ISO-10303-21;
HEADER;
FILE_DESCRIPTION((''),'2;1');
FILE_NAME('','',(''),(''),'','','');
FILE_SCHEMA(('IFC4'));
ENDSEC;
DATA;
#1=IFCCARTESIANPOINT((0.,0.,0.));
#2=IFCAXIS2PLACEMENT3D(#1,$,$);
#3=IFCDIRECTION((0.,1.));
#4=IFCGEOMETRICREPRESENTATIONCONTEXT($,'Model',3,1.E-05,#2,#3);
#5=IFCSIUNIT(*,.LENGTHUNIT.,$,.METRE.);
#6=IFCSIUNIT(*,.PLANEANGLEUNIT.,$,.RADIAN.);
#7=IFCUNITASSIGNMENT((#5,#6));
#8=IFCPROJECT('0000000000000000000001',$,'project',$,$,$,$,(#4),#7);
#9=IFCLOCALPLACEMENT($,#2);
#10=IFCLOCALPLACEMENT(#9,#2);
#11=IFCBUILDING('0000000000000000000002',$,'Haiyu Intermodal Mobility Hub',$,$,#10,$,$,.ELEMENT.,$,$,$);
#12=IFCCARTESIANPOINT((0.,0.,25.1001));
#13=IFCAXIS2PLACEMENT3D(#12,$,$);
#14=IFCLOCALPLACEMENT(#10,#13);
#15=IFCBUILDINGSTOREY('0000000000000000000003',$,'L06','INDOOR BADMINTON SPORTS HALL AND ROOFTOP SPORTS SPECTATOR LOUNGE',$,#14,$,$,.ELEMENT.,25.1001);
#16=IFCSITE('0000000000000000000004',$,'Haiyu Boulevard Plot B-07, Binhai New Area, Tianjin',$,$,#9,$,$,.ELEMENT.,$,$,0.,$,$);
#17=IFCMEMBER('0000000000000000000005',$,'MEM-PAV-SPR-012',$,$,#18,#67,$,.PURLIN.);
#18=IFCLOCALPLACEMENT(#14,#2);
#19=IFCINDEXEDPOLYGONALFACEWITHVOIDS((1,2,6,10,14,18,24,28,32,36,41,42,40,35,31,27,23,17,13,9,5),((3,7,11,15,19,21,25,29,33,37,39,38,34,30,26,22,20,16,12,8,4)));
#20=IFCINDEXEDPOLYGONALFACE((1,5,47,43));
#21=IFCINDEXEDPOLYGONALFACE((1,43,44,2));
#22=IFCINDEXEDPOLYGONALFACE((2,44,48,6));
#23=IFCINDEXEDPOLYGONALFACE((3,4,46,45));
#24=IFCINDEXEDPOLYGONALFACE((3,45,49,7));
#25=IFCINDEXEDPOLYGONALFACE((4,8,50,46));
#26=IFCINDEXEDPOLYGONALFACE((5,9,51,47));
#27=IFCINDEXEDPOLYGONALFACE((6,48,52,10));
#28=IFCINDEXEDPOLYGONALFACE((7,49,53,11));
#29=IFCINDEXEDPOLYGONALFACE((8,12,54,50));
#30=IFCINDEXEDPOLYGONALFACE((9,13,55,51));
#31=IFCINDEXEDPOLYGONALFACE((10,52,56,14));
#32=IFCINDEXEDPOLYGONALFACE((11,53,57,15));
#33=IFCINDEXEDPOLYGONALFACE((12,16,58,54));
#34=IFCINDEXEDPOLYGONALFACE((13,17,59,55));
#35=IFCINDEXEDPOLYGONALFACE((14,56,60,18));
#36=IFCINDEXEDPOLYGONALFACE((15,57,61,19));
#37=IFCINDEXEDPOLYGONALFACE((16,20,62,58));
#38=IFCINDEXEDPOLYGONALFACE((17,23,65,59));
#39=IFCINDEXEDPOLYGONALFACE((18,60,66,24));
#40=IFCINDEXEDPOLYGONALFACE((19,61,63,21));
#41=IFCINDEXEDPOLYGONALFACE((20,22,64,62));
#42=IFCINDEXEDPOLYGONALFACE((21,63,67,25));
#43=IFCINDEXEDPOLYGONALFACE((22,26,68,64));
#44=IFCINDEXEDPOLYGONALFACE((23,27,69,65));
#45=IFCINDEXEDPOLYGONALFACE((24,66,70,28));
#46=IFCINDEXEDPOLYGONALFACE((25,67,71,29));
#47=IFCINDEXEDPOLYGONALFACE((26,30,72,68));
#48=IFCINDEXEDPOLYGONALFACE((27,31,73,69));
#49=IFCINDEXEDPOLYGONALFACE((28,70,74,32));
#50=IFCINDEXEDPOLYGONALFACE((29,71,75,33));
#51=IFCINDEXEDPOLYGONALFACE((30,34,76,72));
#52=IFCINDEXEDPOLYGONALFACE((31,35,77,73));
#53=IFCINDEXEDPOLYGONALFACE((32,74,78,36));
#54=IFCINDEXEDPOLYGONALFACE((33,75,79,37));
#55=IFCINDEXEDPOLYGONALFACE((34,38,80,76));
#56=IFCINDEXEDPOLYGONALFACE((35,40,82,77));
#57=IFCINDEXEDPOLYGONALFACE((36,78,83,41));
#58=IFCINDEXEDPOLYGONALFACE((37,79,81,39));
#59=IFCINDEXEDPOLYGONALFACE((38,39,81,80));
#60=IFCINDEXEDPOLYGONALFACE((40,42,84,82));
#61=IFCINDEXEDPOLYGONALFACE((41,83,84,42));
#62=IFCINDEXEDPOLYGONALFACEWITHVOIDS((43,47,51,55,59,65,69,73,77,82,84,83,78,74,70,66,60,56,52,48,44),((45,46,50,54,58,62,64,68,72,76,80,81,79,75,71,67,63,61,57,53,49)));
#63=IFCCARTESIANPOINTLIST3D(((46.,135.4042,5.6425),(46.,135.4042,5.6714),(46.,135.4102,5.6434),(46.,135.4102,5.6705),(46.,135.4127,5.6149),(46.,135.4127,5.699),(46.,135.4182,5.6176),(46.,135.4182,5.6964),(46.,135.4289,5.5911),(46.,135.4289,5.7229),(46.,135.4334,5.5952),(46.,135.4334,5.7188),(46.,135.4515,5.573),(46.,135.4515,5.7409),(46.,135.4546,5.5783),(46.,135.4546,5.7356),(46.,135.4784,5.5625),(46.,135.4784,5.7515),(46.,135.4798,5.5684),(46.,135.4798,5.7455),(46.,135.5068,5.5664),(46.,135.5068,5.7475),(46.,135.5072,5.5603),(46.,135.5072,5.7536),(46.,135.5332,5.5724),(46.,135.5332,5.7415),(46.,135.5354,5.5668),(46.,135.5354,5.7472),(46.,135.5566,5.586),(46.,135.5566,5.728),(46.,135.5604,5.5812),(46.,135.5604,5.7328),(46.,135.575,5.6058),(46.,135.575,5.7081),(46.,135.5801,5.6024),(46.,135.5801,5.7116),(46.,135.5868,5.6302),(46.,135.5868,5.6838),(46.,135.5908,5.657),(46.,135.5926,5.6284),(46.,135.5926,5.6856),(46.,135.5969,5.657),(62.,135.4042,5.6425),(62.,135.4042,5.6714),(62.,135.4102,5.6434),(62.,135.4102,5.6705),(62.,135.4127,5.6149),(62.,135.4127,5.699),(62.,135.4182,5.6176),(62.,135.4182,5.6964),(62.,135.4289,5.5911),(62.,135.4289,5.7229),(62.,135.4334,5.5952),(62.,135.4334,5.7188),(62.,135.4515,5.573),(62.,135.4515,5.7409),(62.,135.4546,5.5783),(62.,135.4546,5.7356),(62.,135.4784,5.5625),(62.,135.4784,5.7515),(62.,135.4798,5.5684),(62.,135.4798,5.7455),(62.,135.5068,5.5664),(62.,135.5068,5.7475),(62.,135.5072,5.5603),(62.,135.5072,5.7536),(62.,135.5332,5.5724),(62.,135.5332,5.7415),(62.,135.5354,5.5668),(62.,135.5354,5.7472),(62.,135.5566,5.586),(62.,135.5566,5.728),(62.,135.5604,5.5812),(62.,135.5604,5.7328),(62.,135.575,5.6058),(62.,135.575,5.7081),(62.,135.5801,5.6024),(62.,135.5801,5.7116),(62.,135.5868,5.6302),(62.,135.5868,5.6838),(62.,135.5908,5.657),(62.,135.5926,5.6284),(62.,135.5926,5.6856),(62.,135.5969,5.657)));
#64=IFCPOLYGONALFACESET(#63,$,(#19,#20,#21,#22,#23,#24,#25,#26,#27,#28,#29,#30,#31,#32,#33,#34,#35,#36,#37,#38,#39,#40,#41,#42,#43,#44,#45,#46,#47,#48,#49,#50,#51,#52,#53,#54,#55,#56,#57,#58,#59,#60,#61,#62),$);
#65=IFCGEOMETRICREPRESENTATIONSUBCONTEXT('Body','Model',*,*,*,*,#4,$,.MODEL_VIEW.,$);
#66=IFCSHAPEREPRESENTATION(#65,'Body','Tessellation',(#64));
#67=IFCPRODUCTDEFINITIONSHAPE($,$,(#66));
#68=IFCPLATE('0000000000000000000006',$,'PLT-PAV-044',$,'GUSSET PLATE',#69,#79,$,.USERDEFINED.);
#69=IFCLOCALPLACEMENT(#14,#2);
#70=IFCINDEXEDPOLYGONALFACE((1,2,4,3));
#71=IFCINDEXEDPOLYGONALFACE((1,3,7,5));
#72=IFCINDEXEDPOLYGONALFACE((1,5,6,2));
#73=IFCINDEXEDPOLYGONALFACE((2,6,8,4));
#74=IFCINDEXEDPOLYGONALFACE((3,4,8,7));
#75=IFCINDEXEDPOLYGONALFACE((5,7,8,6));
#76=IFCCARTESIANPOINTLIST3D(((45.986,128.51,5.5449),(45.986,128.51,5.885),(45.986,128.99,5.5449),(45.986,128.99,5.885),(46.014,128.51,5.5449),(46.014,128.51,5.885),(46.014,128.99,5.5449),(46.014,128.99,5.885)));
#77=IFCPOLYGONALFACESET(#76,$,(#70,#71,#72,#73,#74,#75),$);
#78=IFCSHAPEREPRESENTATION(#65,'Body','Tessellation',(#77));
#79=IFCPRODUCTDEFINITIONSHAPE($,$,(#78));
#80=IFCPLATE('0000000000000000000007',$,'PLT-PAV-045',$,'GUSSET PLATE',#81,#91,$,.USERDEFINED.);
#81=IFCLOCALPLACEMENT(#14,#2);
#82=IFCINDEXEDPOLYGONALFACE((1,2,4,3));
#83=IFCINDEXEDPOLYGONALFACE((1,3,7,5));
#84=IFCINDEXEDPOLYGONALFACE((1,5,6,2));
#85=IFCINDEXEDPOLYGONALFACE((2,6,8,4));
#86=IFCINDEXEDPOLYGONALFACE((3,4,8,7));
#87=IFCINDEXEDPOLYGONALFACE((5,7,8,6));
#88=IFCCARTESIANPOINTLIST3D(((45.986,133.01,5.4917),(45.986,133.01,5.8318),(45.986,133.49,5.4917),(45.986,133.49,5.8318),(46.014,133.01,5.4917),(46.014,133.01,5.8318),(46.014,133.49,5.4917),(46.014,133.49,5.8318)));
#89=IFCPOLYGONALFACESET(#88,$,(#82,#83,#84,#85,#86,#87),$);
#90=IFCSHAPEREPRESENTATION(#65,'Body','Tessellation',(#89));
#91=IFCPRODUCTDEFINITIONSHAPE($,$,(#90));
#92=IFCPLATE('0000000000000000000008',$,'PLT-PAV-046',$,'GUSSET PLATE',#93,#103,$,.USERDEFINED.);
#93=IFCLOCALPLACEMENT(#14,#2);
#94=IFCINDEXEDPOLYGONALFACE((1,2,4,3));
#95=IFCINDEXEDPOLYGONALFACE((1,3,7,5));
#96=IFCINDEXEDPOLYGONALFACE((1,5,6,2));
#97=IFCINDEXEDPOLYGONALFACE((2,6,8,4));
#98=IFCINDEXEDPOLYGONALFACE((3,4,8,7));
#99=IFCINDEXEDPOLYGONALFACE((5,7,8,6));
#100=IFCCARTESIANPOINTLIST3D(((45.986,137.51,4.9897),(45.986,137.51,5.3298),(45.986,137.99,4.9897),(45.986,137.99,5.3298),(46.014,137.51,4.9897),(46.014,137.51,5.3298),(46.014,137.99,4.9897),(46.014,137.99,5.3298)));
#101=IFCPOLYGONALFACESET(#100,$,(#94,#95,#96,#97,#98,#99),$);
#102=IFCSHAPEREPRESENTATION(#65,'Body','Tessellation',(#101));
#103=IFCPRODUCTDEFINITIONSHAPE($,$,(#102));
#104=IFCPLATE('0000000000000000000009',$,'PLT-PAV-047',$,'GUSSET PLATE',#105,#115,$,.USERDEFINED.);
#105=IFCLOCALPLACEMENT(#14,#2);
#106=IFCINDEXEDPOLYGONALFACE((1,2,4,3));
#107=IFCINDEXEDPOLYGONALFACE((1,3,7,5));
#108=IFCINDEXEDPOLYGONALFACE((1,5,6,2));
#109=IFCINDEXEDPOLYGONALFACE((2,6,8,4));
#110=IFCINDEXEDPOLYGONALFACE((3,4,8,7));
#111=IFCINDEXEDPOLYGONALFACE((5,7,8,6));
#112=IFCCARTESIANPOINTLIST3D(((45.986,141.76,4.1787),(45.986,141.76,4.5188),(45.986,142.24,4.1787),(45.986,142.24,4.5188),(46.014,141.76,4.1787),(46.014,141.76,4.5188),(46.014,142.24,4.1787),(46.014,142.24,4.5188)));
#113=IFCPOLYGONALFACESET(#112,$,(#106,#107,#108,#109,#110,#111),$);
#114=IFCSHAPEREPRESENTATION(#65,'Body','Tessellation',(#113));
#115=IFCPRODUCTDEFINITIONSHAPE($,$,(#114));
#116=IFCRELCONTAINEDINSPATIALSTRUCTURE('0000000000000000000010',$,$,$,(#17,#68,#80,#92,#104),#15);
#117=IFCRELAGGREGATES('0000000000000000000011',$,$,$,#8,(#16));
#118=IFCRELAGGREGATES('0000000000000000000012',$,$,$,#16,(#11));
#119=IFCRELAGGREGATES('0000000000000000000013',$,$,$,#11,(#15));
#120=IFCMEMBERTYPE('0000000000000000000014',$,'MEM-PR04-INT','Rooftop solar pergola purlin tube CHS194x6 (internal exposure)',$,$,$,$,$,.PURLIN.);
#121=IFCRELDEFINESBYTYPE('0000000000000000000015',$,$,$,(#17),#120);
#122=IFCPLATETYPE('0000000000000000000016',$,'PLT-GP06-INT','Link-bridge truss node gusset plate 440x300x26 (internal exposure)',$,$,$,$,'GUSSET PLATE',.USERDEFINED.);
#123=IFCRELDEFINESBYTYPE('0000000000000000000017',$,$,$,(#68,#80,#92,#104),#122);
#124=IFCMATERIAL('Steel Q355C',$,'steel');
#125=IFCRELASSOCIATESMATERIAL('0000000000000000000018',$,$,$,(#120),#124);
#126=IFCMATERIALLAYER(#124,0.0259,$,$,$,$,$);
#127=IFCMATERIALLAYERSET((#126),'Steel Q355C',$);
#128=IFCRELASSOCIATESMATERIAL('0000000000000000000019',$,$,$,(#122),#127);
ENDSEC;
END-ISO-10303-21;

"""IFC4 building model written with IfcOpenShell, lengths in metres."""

from ifc_helpers import new_model, si_unit, direction, frame, origin, origin_2d, place, context, subcontext, project, spatial, rectangle, hollow_circle, extrude, material, layer, layer_set, material_profile, profile_set, type_object, element, save


model = new_model("IFC4")

# Units and contexts
model_context = context("Model", 3, precision=1e-05, world=origin(), true_north=direction((0.0, 1.0)))
body_context = subcontext(model_context, "Body", "Model", "MODEL_VIEW")
ifc_project = project(units=[si_unit("LENGTHUNIT", "METRE"), si_unit("PLANEANGLEUNIT", "RADIAN")], contexts=[model_context])

# Site, building, storey
site_placement = place(None, origin())
site = spatial("IfcSite", under=ifc_project, at=site_placement, Name="Haiyu Boulevard Plot B-07, Binhai New Area, Tianjin", CompositionType="ELEMENT", RefElevation=0.0)
building_placement = place(site_placement, origin())
building = spatial("IfcBuilding", under=site, at=building_placement, Name="Haiyu Intermodal Mobility Hub", CompositionType="ELEMENT")
storey_placement = place(building_placement, frame((0.0, 0.0, 25.1001)))
storey = spatial("IfcBuildingStorey", under=building, at=storey_placement, Name="L06", Description="INDOOR BADMINTON SPORTS HALL AND ROOFTOP SPORTS SPECTATOR LOUNGE", CompositionType="ELEMENT", Elevation=25.1001)

# Member
ifc_material_1 = material(Name="Steel Q355C", Category="steel")
ifc_material_profile_1 = material_profile(ifc_material_1, hollow_circle(Radius=0.0969, WallThickness=0.0061, at=origin_2d()), Name="CHS194x6")
ifc_profile_set_1 = profile_set([ifc_material_profile_1], Name="Steel Q355C")
member_type_1 = type_object("IfcMemberType", Name="MEM-PR04-INT", Description="Rooftop solar pergola purlin tube CHS194x6 (internal exposure)", PredefinedType="PURLIN", material=ifc_profile_set_1)
member_1_placement = place(storey_placement, frame((46.0, 135.5, 5.657), z_axis=(1.0, 0.0, 0.0), x_axis=(0.0, 1.0, 0.0)))
element("IfcMember", 1, at=member_1_placement, inside=storey, type_object=member_type_1, Name="MEM-PAV-SPR-012", PredefinedType="PURLIN", context=body_context, shape_type="SweptSolid", body=[
    extrude(hollow_circle(Radius=0.0969, WallThickness=0.0061, at=origin_2d()), origin(), (0.0, 0.0, 1.0), 16.0),
])

# Plates
ifc_layer = layer(ifc_material_1, 0.0259)
ifc_layer_set = layer_set([ifc_layer], Name="Steel Q355C")
plate_type = type_object("IfcPlateType", Name="PLT-GP06-INT", Description="Link-bridge truss node gusset plate 440x300x26 (internal exposure)", ElementType="GUSSET PLATE", PredefinedType="USERDEFINED", material=ifc_layer_set)
for number, where, z_axis, x_axis, name in (
    (2, (46.0, 128.75, 5.5449), (0.0, 0.0, 1.0), (1.0, 0.0, 0.0), "PLT-PAV-044"),
    (3, (46.0, 133.25, 5.4917), (0.0, 0.0, 1.0), (1.0, 0.0, 0.0), "PLT-PAV-045"),
    (4, (46.0, 137.75, 4.9897), (0.0, 0.0, 1.0), (1.0, 0.0, 0.0), "PLT-PAV-046"),
    (5, (46.0, 142.0, 4.1787), (0.0, 0.0, 1.0), (1.0, 0.0, 0.0), "PLT-PAV-047"),
):
    element("IfcPlate", number, at=place(storey_placement, frame(where, z_axis=z_axis, x_axis=x_axis)), inside=storey, type_object=plate_type, Name=name, ObjectType="GUSSET PLATE", PredefinedType="USERDEFINED", context=body_context, shape_type="SweptSolid", body=[
        extrude(rectangle(XDim=0.0281, YDim=0.48, at=origin_2d()), origin(), (0.0, 0.0, 1.0), 0.3401),
    ])

save(model, "model.ifc")
